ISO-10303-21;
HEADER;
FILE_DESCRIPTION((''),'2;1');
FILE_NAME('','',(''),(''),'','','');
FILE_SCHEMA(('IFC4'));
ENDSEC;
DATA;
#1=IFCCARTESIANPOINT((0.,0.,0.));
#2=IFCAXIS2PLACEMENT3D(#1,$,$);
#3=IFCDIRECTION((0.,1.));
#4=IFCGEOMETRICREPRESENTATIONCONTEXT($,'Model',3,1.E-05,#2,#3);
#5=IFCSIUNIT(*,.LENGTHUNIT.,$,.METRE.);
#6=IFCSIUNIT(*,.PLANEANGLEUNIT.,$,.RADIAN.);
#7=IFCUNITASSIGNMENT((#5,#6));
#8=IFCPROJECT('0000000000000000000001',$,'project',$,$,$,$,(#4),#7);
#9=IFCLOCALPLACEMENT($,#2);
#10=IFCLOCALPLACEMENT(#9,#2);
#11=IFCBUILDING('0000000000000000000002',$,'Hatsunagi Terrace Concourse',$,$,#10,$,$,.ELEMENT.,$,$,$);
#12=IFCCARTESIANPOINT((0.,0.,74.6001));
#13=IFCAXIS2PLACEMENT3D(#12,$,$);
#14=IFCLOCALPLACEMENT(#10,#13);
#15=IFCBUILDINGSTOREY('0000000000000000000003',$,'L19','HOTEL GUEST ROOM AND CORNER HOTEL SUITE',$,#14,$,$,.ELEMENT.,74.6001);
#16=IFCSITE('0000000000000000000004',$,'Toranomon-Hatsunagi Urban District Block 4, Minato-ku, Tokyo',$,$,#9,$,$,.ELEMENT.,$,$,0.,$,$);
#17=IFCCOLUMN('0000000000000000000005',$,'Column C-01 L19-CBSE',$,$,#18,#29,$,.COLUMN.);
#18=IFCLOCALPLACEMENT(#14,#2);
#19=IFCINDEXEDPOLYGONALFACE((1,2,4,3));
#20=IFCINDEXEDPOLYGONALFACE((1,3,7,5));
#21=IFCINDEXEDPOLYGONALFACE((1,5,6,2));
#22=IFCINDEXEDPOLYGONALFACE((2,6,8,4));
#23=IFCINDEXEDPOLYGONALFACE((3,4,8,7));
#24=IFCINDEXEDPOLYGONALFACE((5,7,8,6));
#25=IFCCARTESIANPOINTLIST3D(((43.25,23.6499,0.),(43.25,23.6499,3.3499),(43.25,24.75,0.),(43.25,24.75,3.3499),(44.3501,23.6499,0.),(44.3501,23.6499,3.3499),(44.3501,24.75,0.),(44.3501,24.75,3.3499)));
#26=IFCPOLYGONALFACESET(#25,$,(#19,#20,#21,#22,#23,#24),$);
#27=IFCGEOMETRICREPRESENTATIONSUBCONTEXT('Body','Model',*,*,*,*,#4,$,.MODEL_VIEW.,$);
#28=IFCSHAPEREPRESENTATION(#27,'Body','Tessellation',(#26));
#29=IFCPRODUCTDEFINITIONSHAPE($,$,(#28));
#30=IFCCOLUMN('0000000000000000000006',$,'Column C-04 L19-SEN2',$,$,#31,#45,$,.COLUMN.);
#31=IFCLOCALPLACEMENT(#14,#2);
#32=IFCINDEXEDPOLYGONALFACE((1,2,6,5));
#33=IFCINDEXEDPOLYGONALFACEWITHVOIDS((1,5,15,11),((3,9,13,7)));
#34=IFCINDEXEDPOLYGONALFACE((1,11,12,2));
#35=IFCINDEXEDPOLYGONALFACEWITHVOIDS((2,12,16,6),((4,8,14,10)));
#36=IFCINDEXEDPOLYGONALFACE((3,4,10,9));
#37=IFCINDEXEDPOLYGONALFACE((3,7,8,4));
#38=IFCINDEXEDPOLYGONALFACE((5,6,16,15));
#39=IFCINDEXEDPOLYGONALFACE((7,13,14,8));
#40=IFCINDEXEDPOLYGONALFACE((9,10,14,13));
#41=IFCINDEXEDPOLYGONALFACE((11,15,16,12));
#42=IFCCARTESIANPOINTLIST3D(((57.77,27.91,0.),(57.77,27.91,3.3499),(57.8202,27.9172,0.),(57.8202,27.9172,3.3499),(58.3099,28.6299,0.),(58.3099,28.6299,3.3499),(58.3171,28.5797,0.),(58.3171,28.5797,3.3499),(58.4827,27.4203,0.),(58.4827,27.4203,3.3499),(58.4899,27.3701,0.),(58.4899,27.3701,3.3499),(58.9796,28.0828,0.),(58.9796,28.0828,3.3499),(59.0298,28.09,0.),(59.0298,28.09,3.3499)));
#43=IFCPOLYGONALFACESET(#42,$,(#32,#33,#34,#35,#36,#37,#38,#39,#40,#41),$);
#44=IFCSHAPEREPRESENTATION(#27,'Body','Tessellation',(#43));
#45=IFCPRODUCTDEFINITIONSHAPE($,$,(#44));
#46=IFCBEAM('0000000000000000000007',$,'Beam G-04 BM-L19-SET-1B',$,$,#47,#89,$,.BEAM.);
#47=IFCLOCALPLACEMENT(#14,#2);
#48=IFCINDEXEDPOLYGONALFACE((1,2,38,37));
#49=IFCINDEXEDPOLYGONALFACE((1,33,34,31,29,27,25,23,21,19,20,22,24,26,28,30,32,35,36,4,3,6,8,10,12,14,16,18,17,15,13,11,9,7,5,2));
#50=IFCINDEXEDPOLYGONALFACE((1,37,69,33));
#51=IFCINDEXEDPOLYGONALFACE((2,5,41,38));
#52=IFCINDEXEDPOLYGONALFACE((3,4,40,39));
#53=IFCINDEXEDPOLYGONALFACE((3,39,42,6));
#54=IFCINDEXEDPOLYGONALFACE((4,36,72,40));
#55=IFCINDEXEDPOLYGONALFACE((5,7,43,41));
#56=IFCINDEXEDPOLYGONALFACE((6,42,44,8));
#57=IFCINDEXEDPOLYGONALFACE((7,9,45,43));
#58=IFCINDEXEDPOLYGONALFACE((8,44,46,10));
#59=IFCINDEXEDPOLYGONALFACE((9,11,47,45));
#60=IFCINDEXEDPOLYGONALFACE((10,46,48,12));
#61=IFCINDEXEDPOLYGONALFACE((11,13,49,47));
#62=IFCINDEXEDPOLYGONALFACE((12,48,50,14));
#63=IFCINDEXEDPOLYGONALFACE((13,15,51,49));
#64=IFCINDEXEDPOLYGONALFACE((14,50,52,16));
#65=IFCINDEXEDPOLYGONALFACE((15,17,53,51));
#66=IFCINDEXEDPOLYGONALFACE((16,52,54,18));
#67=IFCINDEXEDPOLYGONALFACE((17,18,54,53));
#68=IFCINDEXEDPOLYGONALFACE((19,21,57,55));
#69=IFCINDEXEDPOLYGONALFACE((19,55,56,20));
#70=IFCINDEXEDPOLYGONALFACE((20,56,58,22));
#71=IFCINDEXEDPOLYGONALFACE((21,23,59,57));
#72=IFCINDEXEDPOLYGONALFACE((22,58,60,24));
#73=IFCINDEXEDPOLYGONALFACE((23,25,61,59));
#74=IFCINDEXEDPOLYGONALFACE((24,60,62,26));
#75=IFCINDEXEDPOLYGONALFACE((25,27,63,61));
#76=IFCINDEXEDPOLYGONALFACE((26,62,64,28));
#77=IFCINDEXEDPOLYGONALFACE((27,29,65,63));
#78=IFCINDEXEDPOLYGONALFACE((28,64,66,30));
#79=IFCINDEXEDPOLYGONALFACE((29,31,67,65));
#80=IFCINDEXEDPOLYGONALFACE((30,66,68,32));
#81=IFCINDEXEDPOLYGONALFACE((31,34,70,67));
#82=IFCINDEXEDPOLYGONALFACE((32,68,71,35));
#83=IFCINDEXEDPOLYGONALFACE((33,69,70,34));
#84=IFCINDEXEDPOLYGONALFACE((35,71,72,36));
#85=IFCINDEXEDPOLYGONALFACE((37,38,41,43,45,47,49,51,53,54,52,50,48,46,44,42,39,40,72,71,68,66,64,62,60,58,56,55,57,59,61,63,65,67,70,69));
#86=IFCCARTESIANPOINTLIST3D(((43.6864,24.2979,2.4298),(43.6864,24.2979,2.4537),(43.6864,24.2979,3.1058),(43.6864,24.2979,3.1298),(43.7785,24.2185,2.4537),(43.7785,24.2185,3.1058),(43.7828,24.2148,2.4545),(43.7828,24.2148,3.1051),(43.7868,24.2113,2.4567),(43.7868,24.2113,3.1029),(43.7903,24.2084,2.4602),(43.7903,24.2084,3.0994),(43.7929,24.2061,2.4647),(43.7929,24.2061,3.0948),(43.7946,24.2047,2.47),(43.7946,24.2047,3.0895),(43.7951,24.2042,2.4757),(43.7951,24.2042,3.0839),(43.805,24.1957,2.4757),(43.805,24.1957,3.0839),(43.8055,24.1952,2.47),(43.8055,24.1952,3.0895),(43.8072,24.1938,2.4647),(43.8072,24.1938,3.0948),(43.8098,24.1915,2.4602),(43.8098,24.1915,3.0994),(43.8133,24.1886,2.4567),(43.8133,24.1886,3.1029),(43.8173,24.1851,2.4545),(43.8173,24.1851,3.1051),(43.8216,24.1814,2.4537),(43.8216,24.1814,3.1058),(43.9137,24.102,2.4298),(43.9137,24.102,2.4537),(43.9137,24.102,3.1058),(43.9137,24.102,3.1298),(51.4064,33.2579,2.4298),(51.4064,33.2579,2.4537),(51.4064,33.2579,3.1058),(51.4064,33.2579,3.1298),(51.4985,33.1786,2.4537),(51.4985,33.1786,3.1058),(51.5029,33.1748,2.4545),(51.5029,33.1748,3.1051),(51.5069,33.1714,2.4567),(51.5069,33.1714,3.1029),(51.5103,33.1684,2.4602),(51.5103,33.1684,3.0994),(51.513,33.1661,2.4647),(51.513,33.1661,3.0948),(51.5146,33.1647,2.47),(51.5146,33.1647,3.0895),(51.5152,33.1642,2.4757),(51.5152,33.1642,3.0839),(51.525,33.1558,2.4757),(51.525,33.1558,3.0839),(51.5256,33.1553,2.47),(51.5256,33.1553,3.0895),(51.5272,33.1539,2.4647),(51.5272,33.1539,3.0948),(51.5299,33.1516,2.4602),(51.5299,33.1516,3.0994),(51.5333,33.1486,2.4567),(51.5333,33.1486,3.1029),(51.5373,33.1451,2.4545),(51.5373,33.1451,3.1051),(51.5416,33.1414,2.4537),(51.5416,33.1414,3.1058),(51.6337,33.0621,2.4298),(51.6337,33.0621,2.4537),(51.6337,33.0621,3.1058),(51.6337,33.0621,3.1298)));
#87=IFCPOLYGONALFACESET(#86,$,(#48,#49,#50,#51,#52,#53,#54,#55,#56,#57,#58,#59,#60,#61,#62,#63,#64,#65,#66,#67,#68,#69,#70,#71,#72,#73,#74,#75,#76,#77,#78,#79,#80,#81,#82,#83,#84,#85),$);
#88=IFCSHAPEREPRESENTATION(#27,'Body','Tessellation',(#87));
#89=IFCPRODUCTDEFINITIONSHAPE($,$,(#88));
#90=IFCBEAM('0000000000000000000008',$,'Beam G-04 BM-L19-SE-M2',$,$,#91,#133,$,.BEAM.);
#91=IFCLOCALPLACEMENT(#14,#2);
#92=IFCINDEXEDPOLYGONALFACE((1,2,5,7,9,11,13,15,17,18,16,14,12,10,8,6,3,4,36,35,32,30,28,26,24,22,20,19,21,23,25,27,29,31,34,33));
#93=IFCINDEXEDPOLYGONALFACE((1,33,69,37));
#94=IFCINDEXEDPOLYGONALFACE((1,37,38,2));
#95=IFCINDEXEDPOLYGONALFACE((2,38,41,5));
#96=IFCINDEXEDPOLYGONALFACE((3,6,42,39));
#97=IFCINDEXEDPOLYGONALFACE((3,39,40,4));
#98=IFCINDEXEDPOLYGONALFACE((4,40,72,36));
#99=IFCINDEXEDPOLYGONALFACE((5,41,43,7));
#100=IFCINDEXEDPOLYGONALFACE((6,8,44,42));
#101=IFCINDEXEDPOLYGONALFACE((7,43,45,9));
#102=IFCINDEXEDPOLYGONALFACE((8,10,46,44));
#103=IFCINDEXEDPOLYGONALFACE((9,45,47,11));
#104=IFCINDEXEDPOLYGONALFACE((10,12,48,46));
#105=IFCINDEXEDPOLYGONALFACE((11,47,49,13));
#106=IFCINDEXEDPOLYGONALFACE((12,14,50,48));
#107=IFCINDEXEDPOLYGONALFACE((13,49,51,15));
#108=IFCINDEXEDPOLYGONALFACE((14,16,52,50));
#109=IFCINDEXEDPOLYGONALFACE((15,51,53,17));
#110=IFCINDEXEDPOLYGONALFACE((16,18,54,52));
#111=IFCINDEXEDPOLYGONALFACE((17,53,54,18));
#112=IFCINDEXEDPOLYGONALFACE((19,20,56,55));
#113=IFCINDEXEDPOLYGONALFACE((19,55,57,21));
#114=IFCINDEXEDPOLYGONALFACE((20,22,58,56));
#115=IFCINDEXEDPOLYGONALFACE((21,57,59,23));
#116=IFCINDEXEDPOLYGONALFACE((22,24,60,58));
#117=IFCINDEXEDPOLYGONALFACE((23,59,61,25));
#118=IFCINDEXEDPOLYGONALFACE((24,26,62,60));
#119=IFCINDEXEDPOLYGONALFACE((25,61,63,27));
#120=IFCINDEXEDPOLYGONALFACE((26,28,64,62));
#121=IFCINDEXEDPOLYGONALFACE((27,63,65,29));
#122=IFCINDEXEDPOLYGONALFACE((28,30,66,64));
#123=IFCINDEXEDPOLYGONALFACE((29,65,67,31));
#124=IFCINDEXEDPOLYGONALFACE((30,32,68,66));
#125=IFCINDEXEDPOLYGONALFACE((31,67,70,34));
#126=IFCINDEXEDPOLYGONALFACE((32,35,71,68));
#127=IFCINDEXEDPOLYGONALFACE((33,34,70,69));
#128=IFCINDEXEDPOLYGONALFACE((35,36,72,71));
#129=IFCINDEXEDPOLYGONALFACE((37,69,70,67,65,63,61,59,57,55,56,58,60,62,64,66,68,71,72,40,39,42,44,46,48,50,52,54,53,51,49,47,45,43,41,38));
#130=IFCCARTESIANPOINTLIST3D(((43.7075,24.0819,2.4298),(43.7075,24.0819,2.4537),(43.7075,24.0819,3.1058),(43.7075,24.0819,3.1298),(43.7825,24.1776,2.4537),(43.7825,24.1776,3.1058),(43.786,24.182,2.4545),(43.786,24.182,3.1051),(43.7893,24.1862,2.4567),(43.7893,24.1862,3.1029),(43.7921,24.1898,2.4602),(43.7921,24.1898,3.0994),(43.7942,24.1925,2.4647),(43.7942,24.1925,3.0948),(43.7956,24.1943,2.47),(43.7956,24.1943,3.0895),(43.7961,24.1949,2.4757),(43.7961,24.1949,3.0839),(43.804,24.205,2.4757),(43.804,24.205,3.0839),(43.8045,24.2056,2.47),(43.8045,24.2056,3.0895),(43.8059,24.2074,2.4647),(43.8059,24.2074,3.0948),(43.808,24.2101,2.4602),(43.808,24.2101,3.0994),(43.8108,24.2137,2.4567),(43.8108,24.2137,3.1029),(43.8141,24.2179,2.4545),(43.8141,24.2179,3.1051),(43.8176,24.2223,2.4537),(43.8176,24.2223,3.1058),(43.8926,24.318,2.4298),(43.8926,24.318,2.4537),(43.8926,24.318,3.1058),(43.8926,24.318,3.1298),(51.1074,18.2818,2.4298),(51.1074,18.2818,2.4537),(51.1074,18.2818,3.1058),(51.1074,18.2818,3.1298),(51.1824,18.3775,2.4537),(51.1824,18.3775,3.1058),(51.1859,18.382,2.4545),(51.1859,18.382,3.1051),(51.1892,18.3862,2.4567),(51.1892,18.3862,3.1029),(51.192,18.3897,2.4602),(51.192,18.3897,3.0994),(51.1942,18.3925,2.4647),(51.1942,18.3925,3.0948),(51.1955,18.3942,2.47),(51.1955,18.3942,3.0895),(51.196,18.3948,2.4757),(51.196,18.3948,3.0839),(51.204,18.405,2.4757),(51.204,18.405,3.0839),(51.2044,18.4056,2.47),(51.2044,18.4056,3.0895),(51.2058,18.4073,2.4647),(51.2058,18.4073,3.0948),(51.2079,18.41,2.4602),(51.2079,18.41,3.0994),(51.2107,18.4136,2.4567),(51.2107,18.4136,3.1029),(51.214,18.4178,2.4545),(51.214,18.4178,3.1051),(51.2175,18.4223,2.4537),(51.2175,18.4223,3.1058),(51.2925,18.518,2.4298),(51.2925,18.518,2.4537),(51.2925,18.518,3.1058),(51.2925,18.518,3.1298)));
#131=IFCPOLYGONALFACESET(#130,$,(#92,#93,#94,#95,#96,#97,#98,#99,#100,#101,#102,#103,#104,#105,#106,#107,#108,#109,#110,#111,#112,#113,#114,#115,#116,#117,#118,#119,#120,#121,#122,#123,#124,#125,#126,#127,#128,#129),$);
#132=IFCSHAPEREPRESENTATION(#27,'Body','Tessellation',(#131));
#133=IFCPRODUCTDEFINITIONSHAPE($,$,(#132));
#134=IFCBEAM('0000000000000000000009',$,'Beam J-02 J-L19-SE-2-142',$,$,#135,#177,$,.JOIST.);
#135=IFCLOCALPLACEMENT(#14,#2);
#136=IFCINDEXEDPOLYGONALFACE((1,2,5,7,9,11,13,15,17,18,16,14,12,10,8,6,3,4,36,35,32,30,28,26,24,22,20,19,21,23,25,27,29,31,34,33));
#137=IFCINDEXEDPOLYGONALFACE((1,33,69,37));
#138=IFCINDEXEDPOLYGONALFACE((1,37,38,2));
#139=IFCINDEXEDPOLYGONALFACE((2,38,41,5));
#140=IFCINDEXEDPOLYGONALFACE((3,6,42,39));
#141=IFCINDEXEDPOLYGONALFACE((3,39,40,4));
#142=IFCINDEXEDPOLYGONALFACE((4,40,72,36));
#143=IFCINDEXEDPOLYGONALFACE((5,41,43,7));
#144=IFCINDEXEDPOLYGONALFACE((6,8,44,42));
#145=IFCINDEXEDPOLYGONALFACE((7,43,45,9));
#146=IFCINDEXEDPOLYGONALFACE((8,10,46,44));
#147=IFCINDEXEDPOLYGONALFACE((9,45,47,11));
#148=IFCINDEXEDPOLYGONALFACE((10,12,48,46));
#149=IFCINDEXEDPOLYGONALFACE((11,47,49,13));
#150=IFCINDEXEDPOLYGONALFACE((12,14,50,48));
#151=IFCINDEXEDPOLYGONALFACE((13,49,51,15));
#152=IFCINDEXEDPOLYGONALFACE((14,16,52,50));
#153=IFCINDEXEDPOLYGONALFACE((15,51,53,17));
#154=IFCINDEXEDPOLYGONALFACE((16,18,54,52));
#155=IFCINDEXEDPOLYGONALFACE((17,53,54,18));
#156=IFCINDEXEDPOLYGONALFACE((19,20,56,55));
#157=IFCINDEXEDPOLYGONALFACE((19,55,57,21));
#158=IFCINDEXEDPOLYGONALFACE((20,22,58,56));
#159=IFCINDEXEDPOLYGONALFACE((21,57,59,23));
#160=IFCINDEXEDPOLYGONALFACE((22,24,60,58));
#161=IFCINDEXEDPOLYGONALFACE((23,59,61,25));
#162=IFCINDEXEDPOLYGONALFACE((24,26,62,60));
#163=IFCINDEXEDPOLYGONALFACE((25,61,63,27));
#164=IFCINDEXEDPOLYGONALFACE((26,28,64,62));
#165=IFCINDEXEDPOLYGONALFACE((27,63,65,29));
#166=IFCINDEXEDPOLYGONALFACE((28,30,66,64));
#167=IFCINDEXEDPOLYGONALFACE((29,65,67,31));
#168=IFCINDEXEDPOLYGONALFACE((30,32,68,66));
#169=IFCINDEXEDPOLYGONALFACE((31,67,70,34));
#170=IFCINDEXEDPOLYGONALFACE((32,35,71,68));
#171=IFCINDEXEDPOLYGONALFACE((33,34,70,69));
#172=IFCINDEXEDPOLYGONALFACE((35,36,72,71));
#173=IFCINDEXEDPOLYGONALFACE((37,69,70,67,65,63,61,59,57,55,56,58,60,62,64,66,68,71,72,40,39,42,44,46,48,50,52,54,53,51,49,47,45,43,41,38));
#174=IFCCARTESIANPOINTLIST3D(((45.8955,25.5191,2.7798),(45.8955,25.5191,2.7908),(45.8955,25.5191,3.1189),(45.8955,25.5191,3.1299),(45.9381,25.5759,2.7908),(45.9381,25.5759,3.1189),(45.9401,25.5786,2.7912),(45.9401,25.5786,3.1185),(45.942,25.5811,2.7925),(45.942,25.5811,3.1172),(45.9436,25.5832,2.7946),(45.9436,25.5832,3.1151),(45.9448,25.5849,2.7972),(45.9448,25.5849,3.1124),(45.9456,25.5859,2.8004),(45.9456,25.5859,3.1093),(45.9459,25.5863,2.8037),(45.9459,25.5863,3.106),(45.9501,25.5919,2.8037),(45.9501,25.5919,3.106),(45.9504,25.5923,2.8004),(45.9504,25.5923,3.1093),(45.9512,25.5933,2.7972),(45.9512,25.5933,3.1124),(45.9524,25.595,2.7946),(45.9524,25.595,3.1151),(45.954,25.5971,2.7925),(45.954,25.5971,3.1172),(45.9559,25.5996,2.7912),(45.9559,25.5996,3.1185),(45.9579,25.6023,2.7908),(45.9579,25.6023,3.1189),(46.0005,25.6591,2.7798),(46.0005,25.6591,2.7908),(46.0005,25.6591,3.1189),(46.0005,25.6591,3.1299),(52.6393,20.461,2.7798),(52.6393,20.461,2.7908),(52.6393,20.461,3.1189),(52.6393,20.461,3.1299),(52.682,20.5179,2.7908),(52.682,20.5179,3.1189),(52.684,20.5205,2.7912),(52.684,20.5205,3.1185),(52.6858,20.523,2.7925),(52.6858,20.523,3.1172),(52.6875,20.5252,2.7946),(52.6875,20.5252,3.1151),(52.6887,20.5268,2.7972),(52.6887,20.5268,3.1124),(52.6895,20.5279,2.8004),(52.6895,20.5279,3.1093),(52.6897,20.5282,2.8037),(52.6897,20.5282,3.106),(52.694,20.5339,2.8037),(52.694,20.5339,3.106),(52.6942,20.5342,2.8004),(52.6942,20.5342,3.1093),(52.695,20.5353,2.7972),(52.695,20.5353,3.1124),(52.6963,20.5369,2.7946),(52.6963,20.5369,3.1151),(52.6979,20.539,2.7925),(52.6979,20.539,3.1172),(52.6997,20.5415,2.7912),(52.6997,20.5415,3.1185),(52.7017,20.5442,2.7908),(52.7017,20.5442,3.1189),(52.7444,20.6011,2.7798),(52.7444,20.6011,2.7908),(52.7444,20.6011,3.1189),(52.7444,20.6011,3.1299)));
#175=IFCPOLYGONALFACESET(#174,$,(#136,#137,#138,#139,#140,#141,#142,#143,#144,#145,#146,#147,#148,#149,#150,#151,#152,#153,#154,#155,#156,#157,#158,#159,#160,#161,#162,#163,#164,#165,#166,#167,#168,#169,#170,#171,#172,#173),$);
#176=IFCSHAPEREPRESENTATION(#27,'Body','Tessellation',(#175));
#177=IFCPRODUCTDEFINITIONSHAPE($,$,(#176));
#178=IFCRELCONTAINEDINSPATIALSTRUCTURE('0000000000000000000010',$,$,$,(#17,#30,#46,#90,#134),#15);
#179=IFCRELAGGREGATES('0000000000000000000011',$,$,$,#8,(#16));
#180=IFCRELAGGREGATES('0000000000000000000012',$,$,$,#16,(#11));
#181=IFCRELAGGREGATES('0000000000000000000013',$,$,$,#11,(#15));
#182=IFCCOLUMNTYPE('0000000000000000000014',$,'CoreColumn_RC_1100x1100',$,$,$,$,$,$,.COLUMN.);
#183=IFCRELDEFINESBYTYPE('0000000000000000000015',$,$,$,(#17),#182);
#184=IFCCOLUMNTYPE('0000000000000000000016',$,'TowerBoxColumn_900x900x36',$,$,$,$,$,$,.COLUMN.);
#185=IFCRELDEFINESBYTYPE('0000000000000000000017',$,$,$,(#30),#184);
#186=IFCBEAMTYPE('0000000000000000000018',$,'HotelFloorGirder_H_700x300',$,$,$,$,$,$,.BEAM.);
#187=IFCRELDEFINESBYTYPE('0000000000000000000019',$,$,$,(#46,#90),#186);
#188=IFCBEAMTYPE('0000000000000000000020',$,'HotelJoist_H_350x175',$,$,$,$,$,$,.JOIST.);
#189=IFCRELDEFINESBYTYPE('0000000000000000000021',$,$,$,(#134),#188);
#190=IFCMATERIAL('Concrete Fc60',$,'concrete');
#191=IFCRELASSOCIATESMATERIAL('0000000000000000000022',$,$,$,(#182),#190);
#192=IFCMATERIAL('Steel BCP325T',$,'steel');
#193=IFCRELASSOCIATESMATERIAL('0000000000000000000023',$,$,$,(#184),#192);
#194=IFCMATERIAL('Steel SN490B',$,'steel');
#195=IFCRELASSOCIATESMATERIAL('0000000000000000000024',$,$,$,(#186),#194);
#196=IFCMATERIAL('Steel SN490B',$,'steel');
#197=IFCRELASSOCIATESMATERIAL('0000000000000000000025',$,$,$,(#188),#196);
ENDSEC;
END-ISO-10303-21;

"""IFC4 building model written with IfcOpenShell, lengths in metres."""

from ifc_helpers import new_model, si_unit, direction, frame, origin, origin_2d, place, context, subcontext, project, spatial, rectangle, hollow_rectangle, i_section, extrude, material, material_profile, profile_set, type_object, element, save


model = new_model("IFC4")

# Units and contexts
model_context = context("Model", 3, precision=1e-05, world=origin(), true_north=direction((0.0, 1.0)))
body_context = subcontext(model_context, "Body", "Model", "MODEL_VIEW")
ifc_project = project(units=[si_unit("LENGTHUNIT", "METRE"), si_unit("PLANEANGLEUNIT", "RADIAN")], contexts=[model_context])

# Site, building, storey
site_placement = place(None, origin())
site = spatial("IfcSite", under=ifc_project, at=site_placement, Name="Toranomon-Hatsunagi Urban District Block 4, Minato-ku, Tokyo", CompositionType="ELEMENT", RefElevation=0.0)
building_placement = place(site_placement, origin())
building = spatial("IfcBuilding", under=site, at=building_placement, Name="Hatsunagi Terrace Concourse", CompositionType="ELEMENT")
storey_placement = place(building_placement, frame((0.0, 0.0, 74.6001)))
storey = spatial("IfcBuildingStorey", under=building, at=storey_placement, Name="L19", Description="HOTEL GUEST ROOM AND CORNER HOTEL SUITE", CompositionType="ELEMENT", Elevation=74.6001)

# Columns
ifc_material_1 = material(Name="Concrete Fc60", Category="concrete")
ifc_material_profile_1 = material_profile(ifc_material_1, rectangle(XDim=1.1001, YDim=1.1001, at=origin_2d()), Name="RC-1100x1100")
ifc_profile_set_1 = profile_set([ifc_material_profile_1], Name="Concrete Fc60")
column_type_1 = type_object("IfcColumnType", Name="CoreColumn_RC_1100x1100", PredefinedType="COLUMN", material=ifc_profile_set_1)
column_1_placement = place(storey_placement, frame((43.8, 24.2, 0.0), z_axis=(0.0, 0.0, 1.0), x_axis=(1.0, 0.0, 0.0)))
element("IfcColumn", 1, at=column_1_placement, inside=storey, type_object=column_type_1, Name="Column C-01 L19-CBSE", PredefinedType="COLUMN", context=body_context, shape_type="SweptSolid", body=[
    extrude(rectangle(XDim=1.1001, YDim=1.1001, at=origin_2d()), origin(), (0.0, 0.0, 1.0), 3.3499),
])
ifc_material_2 = material(Name="Steel BCP325T", Category="steel")
ifc_material_profile_2 = material_profile(ifc_material_2, hollow_rectangle(XDim=0.8999, YDim=0.8999, WallThickness=0.0359, at=origin_2d()), Name="BCP-900x900x36")
ifc_profile_set_2 = profile_set([ifc_material_profile_2], Name="Steel BCP325T")
column_type_2 = type_object("IfcColumnType", Name="TowerBoxColumn_900x900x36", PredefinedType="COLUMN", material=ifc_profile_set_2)
column_2_placement = place(storey_placement, frame((58.3999, 28.0, 0.0), z_axis=(0.0, 0.0, 1.0), x_axis=(0.8, -0.6, 0.0)))
element("IfcColumn", 2, at=column_2_placement, inside=storey, type_object=column_type_2, Name="Column C-04 L19-SEN2", PredefinedType="COLUMN", context=body_context, shape_type="SweptSolid", body=[
    extrude(hollow_rectangle(XDim=0.8999, YDim=0.8999, WallThickness=0.0359, at=origin_2d()), origin(), (0.0, 0.0, 1.0), 3.3499),
])

# Beams
ifc_material_3 = material(Name="Steel SN490B", Category="steel")
ifc_material_profile_3 = material_profile(ifc_material_3, i_section(OverallWidth=0.3, OverallDepth=0.7, WebThickness=0.0129, FlangeThickness=0.0239, FilletRadius=0.022, at=origin_2d()), Name="H-700x300x13x24")
ifc_profile_set_3 = profile_set([ifc_material_profile_3], Name="Steel SN490B")
beam_type_1 = type_object("IfcBeamType", Name="HotelFloorGirder_H_700x300", PredefinedType="BEAM", material=ifc_profile_set_3)
beam_1_placement = place(storey_placement, frame((43.8, 24.2, 2.7798), z_axis=(0.652739, 0.757583, 0.0), x_axis=(-0.757583, 0.652739, 0.0)))
element("IfcBeam", 3, at=beam_1_placement, inside=storey, type_object=beam_type_1, Name="Beam G-04 BM-L19-SET-1B", PredefinedType="BEAM", context=body_context, shape_type="SweptSolid", body=[
    extrude(i_section(OverallWidth=0.3, OverallDepth=0.7, WebThickness=0.0129, FlangeThickness=0.0239, FilletRadius=0.022, at=origin_2d()), origin(), (0.0, 0.0, 1.0), 11.8271),
])
beam_2_placement = place(storey_placement, frame((43.8, 24.2, 2.7798), z_axis=(0.787049, -0.61689, 0.0), x_axis=(0.61689, 0.787049, 0.0)))
element("IfcBeam", 4, at=beam_2_placement, inside=storey, type_object=beam_type_1, Name="Beam G-04 BM-L19-SE-M2", PredefinedType="BEAM", context=body_context, shape_type="SweptSolid", body=[
    extrude(i_section(OverallWidth=0.3, OverallDepth=0.7, WebThickness=0.0129, FlangeThickness=0.0239, FilletRadius=0.022, at=origin_2d()), origin(), (0.0, 0.0, 1.0), 9.4021),
])
ifc_material_4 = material(Name="Steel SN490B", Category="steel")
ifc_material_profile_4 = material_profile(ifc_material_4, i_section(OverallWidth=0.175, OverallDepth=0.3501, WebThickness=0.0071, FlangeThickness=0.011, FilletRadius=0.0129, at=origin_2d()), Name="H-350x175x7x11")
ifc_profile_set_4 = profile_set([ifc_material_profile_4], Name="Steel SN490B")
beam_type_2 = type_object("IfcBeamType", Name="HotelJoist_H_350x175", PredefinedType="JOIST", material=ifc_profile_set_4)
for number, where, z_axis, x_axis, name in (
    (5, (45.948, 25.5891, 2.9548), (0.79999, -0.600014, 0.0), (0.600014, 0.79999, 0.0), "Beam J-02 J-L19-SE-2-142"),
):
    element("IfcBeam", number, at=place(storey_placement, frame(where, z_axis=z_axis, x_axis=x_axis)), inside=storey, type_object=beam_type_2, Name=name, PredefinedType="JOIST", context=body_context, shape_type="SweptSolid", body=[
        extrude(i_section(OverallWidth=0.175, OverallDepth=0.3501, WebThickness=0.0071, FlangeThickness=0.011, FilletRadius=0.0129, at=origin_2d()), origin(), (0.0, 0.0, 1.0), 8.4299),
    ])

save(model, "model.ifc")
